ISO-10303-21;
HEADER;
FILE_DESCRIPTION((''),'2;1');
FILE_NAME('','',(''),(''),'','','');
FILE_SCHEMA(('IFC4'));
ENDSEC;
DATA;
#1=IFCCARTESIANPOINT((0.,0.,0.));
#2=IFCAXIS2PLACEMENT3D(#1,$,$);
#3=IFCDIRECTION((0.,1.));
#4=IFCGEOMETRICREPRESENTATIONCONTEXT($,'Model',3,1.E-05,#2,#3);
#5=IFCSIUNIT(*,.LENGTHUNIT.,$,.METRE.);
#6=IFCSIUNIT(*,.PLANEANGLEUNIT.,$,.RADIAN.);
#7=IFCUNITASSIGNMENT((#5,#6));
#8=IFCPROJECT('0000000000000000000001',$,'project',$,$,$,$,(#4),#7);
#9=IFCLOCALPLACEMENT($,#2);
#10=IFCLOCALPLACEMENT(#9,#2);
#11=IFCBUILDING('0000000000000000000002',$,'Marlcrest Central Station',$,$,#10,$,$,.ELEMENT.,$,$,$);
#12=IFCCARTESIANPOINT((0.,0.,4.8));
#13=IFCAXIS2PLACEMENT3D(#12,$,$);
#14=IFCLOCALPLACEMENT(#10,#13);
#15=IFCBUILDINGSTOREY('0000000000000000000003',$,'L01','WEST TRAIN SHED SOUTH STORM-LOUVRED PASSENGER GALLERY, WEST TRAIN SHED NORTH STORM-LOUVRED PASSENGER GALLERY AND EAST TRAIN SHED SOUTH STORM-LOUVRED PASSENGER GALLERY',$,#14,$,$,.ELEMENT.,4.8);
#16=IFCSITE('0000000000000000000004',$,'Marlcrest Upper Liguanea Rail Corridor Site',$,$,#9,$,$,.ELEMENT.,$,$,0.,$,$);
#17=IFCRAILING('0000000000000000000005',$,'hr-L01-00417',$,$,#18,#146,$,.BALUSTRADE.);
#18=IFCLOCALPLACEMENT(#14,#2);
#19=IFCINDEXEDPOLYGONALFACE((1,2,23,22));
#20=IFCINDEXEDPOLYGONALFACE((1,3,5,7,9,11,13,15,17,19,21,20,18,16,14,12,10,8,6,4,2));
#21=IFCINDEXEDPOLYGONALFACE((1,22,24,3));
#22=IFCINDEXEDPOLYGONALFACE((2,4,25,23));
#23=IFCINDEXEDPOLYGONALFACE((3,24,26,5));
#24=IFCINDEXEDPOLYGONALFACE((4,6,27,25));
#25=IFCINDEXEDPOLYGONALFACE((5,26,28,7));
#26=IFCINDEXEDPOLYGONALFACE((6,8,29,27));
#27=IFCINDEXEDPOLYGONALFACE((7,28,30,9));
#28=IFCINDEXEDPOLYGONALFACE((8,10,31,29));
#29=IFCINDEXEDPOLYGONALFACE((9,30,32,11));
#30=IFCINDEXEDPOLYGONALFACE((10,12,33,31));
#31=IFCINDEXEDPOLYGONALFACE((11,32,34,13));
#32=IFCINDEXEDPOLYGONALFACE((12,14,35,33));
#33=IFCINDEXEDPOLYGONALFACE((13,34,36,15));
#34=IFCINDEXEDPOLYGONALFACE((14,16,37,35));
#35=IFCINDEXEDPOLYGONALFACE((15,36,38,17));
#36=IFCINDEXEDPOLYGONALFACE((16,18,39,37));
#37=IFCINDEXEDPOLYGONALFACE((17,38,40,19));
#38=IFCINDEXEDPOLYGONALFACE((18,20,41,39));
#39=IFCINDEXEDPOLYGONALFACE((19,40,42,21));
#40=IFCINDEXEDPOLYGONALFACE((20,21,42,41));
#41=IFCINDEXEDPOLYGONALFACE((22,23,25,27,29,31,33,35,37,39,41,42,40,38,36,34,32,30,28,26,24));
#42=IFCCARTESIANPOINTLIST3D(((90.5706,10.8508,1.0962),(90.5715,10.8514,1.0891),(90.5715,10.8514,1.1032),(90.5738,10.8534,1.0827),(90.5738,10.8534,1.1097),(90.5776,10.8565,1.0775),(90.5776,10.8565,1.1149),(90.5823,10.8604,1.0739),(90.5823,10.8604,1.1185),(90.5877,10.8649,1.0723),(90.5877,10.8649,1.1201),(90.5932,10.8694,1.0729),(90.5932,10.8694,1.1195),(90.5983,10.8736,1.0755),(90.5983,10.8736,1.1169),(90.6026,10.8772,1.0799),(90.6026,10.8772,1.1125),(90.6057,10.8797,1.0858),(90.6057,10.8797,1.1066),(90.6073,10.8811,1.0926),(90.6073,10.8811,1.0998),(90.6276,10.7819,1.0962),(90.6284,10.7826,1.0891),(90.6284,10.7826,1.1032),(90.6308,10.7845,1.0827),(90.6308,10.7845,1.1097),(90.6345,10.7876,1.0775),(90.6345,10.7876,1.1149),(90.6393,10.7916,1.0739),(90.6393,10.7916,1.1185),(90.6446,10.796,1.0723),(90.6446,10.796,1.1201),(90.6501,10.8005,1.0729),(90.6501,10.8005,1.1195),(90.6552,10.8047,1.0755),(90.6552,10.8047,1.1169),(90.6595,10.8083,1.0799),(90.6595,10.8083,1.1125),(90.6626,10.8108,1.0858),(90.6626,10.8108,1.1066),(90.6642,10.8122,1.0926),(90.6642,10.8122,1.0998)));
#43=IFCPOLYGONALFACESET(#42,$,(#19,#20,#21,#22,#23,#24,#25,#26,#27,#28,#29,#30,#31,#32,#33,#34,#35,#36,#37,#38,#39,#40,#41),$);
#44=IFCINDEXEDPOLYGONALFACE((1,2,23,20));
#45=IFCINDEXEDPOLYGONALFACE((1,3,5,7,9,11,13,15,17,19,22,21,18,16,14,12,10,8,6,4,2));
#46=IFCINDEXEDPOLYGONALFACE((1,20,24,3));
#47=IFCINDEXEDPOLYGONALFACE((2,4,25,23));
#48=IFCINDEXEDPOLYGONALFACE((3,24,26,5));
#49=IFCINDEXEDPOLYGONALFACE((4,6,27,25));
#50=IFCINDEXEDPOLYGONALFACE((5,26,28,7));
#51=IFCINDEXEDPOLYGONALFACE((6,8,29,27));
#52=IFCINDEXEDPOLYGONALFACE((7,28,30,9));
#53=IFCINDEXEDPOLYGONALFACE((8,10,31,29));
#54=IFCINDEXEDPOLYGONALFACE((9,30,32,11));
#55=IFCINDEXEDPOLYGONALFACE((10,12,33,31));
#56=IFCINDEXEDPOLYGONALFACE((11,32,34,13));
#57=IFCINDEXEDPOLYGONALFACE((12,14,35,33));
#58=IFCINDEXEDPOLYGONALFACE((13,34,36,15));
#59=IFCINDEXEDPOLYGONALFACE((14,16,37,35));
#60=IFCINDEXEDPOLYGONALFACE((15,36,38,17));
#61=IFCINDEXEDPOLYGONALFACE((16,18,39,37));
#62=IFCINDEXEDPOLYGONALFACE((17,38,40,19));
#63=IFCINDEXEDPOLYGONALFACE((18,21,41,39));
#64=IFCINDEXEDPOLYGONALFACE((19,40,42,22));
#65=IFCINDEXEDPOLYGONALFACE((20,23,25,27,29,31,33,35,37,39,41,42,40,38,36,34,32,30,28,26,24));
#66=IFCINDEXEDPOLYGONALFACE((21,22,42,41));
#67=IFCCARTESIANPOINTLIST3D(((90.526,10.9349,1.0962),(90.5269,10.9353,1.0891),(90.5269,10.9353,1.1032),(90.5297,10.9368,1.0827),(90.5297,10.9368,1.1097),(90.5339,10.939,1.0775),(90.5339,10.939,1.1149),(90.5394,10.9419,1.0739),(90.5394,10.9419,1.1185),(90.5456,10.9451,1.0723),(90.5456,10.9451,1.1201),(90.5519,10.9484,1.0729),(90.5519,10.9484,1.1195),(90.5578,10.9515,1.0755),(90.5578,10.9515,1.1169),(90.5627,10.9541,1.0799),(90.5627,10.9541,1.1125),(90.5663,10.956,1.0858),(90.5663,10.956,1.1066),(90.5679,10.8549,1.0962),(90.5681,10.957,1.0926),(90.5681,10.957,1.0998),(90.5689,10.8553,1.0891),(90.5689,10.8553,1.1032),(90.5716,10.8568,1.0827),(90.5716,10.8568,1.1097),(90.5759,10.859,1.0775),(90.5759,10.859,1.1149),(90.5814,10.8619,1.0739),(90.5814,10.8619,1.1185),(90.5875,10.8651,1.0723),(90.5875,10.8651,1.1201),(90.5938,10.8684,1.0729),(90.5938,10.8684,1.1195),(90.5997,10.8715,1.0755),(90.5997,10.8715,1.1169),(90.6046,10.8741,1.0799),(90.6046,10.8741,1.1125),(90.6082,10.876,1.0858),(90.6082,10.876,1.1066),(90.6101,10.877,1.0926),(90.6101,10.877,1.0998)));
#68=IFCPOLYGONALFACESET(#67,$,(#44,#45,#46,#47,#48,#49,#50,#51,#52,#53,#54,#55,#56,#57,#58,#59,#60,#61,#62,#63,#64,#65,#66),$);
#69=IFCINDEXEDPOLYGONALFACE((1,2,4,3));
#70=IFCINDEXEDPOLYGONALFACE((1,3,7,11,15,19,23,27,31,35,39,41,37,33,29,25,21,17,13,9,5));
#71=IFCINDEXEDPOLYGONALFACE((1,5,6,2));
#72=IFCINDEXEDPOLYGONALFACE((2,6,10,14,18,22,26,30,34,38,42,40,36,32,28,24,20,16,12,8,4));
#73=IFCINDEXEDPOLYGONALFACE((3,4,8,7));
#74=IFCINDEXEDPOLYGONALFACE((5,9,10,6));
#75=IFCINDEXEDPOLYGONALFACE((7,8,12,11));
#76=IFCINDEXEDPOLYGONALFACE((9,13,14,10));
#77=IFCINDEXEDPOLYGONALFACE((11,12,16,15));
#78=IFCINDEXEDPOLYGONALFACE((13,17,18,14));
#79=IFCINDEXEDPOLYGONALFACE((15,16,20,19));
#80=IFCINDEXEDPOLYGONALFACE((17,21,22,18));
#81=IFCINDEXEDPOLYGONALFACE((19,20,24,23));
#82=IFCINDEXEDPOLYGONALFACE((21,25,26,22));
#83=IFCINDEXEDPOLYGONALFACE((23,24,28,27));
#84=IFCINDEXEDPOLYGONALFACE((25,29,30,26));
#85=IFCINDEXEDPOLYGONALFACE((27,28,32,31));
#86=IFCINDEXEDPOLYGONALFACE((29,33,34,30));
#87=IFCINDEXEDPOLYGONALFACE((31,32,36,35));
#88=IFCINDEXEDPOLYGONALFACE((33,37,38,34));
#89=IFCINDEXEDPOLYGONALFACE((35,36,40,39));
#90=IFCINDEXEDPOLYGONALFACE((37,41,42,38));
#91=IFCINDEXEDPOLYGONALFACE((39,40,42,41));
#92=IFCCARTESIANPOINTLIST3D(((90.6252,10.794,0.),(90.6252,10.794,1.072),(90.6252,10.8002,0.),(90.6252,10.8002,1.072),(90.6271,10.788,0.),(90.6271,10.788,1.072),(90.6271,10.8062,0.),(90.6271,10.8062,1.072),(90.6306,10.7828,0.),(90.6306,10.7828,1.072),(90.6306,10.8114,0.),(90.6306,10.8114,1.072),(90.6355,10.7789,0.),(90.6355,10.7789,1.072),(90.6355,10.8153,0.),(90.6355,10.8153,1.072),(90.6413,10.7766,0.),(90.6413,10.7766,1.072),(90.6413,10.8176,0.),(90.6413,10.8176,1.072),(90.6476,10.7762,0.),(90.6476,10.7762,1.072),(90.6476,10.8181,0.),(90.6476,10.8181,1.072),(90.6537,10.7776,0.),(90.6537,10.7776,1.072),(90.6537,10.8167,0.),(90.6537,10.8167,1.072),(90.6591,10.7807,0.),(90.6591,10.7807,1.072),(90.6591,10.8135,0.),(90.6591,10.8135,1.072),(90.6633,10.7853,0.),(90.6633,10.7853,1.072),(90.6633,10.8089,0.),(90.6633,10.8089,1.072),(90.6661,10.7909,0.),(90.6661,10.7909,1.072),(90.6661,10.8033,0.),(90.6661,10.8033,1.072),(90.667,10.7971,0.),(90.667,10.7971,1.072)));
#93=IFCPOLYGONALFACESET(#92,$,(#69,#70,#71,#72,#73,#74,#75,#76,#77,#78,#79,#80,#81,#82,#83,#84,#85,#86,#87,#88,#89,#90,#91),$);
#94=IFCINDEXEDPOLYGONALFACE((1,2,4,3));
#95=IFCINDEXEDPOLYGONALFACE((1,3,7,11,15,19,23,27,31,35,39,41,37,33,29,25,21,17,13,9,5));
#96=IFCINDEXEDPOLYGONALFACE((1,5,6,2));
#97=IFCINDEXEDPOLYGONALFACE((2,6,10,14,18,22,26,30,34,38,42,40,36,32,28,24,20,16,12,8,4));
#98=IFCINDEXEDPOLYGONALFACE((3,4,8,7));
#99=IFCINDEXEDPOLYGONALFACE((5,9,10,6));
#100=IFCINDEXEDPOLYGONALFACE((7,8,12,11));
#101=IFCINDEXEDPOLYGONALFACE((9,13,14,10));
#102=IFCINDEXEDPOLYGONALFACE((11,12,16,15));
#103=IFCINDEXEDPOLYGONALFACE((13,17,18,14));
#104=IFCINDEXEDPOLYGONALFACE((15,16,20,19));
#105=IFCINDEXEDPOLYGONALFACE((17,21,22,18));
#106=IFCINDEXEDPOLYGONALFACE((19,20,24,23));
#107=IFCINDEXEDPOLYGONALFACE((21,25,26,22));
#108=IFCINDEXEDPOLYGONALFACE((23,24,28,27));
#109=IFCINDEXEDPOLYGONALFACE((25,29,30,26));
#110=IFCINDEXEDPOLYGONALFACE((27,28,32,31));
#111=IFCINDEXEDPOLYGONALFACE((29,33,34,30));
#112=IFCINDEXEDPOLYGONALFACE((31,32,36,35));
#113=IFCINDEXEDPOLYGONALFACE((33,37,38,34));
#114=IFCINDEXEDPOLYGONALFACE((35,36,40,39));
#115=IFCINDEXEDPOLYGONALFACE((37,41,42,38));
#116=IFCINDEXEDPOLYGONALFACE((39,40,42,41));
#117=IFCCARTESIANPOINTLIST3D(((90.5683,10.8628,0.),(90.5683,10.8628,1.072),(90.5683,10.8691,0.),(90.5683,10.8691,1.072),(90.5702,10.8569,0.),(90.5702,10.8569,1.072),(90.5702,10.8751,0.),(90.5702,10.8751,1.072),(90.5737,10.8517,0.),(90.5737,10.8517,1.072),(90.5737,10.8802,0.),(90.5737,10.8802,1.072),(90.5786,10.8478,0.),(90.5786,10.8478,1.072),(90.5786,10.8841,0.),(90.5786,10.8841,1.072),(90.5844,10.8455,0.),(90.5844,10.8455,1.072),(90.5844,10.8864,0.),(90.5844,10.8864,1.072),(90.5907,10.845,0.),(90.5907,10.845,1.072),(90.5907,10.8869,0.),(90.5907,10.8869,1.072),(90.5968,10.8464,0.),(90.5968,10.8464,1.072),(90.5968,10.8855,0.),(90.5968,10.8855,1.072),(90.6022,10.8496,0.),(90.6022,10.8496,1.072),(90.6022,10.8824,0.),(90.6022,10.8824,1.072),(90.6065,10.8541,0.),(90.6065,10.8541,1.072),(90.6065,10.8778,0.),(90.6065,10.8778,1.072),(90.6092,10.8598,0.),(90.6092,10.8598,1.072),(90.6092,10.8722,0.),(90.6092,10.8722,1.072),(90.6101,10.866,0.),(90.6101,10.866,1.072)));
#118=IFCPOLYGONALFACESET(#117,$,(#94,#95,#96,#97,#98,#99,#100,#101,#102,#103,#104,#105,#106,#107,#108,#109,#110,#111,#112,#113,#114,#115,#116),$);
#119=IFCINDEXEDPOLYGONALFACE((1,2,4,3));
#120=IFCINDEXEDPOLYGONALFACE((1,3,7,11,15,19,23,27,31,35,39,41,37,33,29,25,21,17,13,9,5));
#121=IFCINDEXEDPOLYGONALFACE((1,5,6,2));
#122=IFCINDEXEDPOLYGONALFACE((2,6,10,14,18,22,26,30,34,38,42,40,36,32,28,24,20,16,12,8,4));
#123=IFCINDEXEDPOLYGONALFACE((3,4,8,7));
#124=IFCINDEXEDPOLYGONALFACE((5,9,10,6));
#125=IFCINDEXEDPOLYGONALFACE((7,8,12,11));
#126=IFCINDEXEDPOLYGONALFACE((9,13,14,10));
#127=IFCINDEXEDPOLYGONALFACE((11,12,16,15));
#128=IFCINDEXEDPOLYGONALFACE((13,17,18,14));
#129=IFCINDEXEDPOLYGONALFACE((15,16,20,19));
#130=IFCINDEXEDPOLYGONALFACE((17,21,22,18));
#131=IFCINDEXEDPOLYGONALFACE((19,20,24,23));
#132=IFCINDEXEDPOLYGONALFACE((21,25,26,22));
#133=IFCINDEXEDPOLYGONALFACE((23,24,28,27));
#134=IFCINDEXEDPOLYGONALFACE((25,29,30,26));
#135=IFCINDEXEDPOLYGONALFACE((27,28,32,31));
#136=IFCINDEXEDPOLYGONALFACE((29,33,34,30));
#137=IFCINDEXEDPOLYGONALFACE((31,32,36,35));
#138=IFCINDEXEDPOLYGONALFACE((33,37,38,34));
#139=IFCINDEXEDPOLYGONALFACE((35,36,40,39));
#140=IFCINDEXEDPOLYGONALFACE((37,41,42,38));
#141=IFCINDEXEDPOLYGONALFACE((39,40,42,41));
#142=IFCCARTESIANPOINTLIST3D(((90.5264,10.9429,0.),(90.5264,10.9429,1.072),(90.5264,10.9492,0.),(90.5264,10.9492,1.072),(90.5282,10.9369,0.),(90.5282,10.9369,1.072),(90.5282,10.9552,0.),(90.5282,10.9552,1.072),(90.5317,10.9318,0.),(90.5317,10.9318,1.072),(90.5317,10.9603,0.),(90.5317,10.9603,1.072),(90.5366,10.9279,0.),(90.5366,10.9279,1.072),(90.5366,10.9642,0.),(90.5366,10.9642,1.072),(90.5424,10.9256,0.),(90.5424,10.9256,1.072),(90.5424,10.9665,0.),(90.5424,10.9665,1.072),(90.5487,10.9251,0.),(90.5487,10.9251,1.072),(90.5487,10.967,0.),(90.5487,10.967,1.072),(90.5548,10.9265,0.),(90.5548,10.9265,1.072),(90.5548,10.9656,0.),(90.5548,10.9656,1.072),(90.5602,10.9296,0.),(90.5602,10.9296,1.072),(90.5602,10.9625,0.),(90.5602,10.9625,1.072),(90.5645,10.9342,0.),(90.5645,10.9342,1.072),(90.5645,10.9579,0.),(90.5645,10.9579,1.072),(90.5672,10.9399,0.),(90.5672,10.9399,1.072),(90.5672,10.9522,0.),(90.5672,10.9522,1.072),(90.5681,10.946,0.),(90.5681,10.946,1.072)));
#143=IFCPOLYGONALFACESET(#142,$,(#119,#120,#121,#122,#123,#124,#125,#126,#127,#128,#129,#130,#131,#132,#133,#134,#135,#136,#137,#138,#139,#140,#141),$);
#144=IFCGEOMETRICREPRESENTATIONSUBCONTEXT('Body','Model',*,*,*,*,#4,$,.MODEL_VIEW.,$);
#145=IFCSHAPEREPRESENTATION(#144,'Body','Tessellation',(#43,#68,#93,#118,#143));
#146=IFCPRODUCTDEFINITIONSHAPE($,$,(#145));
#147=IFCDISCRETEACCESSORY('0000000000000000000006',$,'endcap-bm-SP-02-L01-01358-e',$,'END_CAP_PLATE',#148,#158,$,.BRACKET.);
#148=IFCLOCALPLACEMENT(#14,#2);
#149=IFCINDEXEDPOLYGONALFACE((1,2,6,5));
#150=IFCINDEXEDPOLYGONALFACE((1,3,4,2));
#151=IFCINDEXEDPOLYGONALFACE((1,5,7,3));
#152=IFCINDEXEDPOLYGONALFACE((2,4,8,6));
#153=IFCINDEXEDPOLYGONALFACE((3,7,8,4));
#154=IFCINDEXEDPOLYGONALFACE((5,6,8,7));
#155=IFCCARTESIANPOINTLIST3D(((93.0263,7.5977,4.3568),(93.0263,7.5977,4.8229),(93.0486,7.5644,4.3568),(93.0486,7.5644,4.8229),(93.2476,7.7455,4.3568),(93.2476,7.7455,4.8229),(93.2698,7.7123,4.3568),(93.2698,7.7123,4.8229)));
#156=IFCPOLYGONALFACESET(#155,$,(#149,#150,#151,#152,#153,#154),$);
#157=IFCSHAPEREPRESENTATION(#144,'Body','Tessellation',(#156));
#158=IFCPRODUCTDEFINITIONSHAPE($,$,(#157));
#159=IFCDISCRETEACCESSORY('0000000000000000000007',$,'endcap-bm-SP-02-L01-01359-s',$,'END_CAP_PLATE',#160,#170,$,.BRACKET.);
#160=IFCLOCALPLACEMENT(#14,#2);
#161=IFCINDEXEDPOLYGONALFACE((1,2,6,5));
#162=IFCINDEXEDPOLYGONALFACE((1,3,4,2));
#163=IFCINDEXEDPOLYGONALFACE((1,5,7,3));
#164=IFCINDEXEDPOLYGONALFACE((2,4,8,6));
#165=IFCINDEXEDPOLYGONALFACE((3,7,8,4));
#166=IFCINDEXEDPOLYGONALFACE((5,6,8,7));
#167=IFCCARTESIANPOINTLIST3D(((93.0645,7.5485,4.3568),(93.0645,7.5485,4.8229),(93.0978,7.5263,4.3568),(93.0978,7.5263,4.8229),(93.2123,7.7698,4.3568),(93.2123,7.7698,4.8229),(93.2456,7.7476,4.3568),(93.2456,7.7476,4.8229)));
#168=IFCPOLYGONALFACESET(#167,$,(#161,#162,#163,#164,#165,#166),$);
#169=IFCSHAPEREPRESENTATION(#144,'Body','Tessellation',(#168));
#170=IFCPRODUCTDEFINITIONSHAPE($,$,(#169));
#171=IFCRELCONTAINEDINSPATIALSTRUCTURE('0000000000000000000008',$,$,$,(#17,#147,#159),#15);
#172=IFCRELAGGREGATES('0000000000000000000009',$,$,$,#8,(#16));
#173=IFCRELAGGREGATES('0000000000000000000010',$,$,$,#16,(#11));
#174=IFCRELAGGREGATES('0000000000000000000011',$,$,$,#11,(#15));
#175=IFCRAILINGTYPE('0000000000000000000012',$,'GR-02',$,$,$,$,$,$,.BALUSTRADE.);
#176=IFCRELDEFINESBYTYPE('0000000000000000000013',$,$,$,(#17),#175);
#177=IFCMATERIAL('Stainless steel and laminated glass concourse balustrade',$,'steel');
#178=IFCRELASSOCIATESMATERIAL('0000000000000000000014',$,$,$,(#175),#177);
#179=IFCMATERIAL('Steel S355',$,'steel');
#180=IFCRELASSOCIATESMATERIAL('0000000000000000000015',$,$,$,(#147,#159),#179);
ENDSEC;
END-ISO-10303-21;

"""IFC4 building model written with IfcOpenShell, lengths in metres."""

from ifc_helpers import new_model, si_unit, direction, frame, origin, origin_2d, place, context, subcontext, project, spatial, rectangle, circle, extrude, material, type_object, element, save


model = new_model("IFC4")

# Units and contexts
model_context = context("Model", 3, precision=1e-05, world=origin(), true_north=direction((0.0, 1.0)))
body_context = subcontext(model_context, "Body", "Model", "MODEL_VIEW")
ifc_project = project(units=[si_unit("LENGTHUNIT", "METRE"), si_unit("PLANEANGLEUNIT", "RADIAN")], contexts=[model_context])

# Site, building, storey
site_placement = place(None, origin())
site = spatial("IfcSite", under=ifc_project, at=site_placement, Name="Marlcrest Upper Liguanea Rail Corridor Site", CompositionType="ELEMENT", RefElevation=0.0)
building_placement = place(site_placement, origin())
building = spatial("IfcBuilding", under=site, at=building_placement, Name="Marlcrest Central Station", CompositionType="ELEMENT")
storey_placement = place(building_placement, frame((0.0, 0.0, 4.8)))
storey = spatial("IfcBuildingStorey", under=building, at=storey_placement, Name="L01", Description="WEST TRAIN SHED SOUTH STORM-LOUVRED PASSENGER GALLERY, WEST TRAIN SHED NORTH STORM-LOUVRED PASSENGER GALLERY AND EAST TRAIN SHED SOUTH STORM-LOUVRED PASSENGER GALLERY", CompositionType="ELEMENT", Elevation=4.8)

# Shared definitions
ifc_material_1 = material(Name="Steel S355", Category="steel")

# Railing
ifc_material_2 = material(Name="Stainless steel and laminated glass concourse balustrade", Category="steel")
railing_type = type_object("IfcRailingType", Name="GR-02", PredefinedType="BALUSTRADE", material=ifc_material_2)
railing_placement = place(storey_placement, frame((90.646, 10.7971, 0.0)))
element("IfcRailing", 1, at=railing_placement, inside=storey, type_object=railing_type, Name="hr-L01-00417", PredefinedType="BALUSTRADE", context=body_context, shape_type="SweptSolid", body=[
    extrude(circle(Radius=0.0239, at=origin_2d()), frame((0.0, 0.0, 1.0962), z_axis=(-0.636952, 0.770903, 0.0), x_axis=(-0.770903, -0.636952, 0.0)), (0.0, 0.0, 1.0), 0.0894),
    extrude(circle(Radius=0.0239, at=origin_2d()), frame((-0.0569, 0.0688, 1.0962), z_axis=(-0.464411, 0.88562, 0.0), x_axis=(-0.88562, -0.464411, 0.0)), (0.0, 0.0, 1.0), 0.0903),
    extrude(circle(Radius=0.021, at=origin_2d()), origin(), (0.0, 0.0, 1.0), 1.072),
    extrude(circle(Radius=0.021, at=origin_2d()), frame((-0.0569, 0.0688, 0.0)), (0.0, 0.0, 1.0), 1.072),
    extrude(circle(Radius=0.021, at=origin_2d()), frame((-0.0989, 0.1489, 0.0)), (0.0, 0.0, 1.0), 1.072),
])

# Discrete accessories
for number, where, z_axis, x_axis, name in (
    (2, (93.137, 7.6716, 4.5898), (0.555511, -0.831509, 0.0), (0.831509, 0.555511, 0.0), "endcap-bm-SP-02-L01-01358-e"),
    (3, (93.1384, 7.6592, 4.5898), (0.831509, -0.555511, 0.0), (0.555511, 0.831509, 0.0), "endcap-bm-SP-02-L01-01359-s"),
):
    element("IfcDiscreteAccessory", number, at=place(storey_placement, frame(where, z_axis=z_axis, x_axis=x_axis)), inside=storey, material=ifc_material_1, Name=name, ObjectType="END_CAP_PLATE", PredefinedType="BRACKET", context=body_context, shape_type="SweptSolid", body=[
        extrude(rectangle(XDim=0.2661, YDim=0.4661, at=origin_2d()), origin(), (0.0, 0.0, 1.0), 0.04),
    ])

save(model, "model.ifc")
